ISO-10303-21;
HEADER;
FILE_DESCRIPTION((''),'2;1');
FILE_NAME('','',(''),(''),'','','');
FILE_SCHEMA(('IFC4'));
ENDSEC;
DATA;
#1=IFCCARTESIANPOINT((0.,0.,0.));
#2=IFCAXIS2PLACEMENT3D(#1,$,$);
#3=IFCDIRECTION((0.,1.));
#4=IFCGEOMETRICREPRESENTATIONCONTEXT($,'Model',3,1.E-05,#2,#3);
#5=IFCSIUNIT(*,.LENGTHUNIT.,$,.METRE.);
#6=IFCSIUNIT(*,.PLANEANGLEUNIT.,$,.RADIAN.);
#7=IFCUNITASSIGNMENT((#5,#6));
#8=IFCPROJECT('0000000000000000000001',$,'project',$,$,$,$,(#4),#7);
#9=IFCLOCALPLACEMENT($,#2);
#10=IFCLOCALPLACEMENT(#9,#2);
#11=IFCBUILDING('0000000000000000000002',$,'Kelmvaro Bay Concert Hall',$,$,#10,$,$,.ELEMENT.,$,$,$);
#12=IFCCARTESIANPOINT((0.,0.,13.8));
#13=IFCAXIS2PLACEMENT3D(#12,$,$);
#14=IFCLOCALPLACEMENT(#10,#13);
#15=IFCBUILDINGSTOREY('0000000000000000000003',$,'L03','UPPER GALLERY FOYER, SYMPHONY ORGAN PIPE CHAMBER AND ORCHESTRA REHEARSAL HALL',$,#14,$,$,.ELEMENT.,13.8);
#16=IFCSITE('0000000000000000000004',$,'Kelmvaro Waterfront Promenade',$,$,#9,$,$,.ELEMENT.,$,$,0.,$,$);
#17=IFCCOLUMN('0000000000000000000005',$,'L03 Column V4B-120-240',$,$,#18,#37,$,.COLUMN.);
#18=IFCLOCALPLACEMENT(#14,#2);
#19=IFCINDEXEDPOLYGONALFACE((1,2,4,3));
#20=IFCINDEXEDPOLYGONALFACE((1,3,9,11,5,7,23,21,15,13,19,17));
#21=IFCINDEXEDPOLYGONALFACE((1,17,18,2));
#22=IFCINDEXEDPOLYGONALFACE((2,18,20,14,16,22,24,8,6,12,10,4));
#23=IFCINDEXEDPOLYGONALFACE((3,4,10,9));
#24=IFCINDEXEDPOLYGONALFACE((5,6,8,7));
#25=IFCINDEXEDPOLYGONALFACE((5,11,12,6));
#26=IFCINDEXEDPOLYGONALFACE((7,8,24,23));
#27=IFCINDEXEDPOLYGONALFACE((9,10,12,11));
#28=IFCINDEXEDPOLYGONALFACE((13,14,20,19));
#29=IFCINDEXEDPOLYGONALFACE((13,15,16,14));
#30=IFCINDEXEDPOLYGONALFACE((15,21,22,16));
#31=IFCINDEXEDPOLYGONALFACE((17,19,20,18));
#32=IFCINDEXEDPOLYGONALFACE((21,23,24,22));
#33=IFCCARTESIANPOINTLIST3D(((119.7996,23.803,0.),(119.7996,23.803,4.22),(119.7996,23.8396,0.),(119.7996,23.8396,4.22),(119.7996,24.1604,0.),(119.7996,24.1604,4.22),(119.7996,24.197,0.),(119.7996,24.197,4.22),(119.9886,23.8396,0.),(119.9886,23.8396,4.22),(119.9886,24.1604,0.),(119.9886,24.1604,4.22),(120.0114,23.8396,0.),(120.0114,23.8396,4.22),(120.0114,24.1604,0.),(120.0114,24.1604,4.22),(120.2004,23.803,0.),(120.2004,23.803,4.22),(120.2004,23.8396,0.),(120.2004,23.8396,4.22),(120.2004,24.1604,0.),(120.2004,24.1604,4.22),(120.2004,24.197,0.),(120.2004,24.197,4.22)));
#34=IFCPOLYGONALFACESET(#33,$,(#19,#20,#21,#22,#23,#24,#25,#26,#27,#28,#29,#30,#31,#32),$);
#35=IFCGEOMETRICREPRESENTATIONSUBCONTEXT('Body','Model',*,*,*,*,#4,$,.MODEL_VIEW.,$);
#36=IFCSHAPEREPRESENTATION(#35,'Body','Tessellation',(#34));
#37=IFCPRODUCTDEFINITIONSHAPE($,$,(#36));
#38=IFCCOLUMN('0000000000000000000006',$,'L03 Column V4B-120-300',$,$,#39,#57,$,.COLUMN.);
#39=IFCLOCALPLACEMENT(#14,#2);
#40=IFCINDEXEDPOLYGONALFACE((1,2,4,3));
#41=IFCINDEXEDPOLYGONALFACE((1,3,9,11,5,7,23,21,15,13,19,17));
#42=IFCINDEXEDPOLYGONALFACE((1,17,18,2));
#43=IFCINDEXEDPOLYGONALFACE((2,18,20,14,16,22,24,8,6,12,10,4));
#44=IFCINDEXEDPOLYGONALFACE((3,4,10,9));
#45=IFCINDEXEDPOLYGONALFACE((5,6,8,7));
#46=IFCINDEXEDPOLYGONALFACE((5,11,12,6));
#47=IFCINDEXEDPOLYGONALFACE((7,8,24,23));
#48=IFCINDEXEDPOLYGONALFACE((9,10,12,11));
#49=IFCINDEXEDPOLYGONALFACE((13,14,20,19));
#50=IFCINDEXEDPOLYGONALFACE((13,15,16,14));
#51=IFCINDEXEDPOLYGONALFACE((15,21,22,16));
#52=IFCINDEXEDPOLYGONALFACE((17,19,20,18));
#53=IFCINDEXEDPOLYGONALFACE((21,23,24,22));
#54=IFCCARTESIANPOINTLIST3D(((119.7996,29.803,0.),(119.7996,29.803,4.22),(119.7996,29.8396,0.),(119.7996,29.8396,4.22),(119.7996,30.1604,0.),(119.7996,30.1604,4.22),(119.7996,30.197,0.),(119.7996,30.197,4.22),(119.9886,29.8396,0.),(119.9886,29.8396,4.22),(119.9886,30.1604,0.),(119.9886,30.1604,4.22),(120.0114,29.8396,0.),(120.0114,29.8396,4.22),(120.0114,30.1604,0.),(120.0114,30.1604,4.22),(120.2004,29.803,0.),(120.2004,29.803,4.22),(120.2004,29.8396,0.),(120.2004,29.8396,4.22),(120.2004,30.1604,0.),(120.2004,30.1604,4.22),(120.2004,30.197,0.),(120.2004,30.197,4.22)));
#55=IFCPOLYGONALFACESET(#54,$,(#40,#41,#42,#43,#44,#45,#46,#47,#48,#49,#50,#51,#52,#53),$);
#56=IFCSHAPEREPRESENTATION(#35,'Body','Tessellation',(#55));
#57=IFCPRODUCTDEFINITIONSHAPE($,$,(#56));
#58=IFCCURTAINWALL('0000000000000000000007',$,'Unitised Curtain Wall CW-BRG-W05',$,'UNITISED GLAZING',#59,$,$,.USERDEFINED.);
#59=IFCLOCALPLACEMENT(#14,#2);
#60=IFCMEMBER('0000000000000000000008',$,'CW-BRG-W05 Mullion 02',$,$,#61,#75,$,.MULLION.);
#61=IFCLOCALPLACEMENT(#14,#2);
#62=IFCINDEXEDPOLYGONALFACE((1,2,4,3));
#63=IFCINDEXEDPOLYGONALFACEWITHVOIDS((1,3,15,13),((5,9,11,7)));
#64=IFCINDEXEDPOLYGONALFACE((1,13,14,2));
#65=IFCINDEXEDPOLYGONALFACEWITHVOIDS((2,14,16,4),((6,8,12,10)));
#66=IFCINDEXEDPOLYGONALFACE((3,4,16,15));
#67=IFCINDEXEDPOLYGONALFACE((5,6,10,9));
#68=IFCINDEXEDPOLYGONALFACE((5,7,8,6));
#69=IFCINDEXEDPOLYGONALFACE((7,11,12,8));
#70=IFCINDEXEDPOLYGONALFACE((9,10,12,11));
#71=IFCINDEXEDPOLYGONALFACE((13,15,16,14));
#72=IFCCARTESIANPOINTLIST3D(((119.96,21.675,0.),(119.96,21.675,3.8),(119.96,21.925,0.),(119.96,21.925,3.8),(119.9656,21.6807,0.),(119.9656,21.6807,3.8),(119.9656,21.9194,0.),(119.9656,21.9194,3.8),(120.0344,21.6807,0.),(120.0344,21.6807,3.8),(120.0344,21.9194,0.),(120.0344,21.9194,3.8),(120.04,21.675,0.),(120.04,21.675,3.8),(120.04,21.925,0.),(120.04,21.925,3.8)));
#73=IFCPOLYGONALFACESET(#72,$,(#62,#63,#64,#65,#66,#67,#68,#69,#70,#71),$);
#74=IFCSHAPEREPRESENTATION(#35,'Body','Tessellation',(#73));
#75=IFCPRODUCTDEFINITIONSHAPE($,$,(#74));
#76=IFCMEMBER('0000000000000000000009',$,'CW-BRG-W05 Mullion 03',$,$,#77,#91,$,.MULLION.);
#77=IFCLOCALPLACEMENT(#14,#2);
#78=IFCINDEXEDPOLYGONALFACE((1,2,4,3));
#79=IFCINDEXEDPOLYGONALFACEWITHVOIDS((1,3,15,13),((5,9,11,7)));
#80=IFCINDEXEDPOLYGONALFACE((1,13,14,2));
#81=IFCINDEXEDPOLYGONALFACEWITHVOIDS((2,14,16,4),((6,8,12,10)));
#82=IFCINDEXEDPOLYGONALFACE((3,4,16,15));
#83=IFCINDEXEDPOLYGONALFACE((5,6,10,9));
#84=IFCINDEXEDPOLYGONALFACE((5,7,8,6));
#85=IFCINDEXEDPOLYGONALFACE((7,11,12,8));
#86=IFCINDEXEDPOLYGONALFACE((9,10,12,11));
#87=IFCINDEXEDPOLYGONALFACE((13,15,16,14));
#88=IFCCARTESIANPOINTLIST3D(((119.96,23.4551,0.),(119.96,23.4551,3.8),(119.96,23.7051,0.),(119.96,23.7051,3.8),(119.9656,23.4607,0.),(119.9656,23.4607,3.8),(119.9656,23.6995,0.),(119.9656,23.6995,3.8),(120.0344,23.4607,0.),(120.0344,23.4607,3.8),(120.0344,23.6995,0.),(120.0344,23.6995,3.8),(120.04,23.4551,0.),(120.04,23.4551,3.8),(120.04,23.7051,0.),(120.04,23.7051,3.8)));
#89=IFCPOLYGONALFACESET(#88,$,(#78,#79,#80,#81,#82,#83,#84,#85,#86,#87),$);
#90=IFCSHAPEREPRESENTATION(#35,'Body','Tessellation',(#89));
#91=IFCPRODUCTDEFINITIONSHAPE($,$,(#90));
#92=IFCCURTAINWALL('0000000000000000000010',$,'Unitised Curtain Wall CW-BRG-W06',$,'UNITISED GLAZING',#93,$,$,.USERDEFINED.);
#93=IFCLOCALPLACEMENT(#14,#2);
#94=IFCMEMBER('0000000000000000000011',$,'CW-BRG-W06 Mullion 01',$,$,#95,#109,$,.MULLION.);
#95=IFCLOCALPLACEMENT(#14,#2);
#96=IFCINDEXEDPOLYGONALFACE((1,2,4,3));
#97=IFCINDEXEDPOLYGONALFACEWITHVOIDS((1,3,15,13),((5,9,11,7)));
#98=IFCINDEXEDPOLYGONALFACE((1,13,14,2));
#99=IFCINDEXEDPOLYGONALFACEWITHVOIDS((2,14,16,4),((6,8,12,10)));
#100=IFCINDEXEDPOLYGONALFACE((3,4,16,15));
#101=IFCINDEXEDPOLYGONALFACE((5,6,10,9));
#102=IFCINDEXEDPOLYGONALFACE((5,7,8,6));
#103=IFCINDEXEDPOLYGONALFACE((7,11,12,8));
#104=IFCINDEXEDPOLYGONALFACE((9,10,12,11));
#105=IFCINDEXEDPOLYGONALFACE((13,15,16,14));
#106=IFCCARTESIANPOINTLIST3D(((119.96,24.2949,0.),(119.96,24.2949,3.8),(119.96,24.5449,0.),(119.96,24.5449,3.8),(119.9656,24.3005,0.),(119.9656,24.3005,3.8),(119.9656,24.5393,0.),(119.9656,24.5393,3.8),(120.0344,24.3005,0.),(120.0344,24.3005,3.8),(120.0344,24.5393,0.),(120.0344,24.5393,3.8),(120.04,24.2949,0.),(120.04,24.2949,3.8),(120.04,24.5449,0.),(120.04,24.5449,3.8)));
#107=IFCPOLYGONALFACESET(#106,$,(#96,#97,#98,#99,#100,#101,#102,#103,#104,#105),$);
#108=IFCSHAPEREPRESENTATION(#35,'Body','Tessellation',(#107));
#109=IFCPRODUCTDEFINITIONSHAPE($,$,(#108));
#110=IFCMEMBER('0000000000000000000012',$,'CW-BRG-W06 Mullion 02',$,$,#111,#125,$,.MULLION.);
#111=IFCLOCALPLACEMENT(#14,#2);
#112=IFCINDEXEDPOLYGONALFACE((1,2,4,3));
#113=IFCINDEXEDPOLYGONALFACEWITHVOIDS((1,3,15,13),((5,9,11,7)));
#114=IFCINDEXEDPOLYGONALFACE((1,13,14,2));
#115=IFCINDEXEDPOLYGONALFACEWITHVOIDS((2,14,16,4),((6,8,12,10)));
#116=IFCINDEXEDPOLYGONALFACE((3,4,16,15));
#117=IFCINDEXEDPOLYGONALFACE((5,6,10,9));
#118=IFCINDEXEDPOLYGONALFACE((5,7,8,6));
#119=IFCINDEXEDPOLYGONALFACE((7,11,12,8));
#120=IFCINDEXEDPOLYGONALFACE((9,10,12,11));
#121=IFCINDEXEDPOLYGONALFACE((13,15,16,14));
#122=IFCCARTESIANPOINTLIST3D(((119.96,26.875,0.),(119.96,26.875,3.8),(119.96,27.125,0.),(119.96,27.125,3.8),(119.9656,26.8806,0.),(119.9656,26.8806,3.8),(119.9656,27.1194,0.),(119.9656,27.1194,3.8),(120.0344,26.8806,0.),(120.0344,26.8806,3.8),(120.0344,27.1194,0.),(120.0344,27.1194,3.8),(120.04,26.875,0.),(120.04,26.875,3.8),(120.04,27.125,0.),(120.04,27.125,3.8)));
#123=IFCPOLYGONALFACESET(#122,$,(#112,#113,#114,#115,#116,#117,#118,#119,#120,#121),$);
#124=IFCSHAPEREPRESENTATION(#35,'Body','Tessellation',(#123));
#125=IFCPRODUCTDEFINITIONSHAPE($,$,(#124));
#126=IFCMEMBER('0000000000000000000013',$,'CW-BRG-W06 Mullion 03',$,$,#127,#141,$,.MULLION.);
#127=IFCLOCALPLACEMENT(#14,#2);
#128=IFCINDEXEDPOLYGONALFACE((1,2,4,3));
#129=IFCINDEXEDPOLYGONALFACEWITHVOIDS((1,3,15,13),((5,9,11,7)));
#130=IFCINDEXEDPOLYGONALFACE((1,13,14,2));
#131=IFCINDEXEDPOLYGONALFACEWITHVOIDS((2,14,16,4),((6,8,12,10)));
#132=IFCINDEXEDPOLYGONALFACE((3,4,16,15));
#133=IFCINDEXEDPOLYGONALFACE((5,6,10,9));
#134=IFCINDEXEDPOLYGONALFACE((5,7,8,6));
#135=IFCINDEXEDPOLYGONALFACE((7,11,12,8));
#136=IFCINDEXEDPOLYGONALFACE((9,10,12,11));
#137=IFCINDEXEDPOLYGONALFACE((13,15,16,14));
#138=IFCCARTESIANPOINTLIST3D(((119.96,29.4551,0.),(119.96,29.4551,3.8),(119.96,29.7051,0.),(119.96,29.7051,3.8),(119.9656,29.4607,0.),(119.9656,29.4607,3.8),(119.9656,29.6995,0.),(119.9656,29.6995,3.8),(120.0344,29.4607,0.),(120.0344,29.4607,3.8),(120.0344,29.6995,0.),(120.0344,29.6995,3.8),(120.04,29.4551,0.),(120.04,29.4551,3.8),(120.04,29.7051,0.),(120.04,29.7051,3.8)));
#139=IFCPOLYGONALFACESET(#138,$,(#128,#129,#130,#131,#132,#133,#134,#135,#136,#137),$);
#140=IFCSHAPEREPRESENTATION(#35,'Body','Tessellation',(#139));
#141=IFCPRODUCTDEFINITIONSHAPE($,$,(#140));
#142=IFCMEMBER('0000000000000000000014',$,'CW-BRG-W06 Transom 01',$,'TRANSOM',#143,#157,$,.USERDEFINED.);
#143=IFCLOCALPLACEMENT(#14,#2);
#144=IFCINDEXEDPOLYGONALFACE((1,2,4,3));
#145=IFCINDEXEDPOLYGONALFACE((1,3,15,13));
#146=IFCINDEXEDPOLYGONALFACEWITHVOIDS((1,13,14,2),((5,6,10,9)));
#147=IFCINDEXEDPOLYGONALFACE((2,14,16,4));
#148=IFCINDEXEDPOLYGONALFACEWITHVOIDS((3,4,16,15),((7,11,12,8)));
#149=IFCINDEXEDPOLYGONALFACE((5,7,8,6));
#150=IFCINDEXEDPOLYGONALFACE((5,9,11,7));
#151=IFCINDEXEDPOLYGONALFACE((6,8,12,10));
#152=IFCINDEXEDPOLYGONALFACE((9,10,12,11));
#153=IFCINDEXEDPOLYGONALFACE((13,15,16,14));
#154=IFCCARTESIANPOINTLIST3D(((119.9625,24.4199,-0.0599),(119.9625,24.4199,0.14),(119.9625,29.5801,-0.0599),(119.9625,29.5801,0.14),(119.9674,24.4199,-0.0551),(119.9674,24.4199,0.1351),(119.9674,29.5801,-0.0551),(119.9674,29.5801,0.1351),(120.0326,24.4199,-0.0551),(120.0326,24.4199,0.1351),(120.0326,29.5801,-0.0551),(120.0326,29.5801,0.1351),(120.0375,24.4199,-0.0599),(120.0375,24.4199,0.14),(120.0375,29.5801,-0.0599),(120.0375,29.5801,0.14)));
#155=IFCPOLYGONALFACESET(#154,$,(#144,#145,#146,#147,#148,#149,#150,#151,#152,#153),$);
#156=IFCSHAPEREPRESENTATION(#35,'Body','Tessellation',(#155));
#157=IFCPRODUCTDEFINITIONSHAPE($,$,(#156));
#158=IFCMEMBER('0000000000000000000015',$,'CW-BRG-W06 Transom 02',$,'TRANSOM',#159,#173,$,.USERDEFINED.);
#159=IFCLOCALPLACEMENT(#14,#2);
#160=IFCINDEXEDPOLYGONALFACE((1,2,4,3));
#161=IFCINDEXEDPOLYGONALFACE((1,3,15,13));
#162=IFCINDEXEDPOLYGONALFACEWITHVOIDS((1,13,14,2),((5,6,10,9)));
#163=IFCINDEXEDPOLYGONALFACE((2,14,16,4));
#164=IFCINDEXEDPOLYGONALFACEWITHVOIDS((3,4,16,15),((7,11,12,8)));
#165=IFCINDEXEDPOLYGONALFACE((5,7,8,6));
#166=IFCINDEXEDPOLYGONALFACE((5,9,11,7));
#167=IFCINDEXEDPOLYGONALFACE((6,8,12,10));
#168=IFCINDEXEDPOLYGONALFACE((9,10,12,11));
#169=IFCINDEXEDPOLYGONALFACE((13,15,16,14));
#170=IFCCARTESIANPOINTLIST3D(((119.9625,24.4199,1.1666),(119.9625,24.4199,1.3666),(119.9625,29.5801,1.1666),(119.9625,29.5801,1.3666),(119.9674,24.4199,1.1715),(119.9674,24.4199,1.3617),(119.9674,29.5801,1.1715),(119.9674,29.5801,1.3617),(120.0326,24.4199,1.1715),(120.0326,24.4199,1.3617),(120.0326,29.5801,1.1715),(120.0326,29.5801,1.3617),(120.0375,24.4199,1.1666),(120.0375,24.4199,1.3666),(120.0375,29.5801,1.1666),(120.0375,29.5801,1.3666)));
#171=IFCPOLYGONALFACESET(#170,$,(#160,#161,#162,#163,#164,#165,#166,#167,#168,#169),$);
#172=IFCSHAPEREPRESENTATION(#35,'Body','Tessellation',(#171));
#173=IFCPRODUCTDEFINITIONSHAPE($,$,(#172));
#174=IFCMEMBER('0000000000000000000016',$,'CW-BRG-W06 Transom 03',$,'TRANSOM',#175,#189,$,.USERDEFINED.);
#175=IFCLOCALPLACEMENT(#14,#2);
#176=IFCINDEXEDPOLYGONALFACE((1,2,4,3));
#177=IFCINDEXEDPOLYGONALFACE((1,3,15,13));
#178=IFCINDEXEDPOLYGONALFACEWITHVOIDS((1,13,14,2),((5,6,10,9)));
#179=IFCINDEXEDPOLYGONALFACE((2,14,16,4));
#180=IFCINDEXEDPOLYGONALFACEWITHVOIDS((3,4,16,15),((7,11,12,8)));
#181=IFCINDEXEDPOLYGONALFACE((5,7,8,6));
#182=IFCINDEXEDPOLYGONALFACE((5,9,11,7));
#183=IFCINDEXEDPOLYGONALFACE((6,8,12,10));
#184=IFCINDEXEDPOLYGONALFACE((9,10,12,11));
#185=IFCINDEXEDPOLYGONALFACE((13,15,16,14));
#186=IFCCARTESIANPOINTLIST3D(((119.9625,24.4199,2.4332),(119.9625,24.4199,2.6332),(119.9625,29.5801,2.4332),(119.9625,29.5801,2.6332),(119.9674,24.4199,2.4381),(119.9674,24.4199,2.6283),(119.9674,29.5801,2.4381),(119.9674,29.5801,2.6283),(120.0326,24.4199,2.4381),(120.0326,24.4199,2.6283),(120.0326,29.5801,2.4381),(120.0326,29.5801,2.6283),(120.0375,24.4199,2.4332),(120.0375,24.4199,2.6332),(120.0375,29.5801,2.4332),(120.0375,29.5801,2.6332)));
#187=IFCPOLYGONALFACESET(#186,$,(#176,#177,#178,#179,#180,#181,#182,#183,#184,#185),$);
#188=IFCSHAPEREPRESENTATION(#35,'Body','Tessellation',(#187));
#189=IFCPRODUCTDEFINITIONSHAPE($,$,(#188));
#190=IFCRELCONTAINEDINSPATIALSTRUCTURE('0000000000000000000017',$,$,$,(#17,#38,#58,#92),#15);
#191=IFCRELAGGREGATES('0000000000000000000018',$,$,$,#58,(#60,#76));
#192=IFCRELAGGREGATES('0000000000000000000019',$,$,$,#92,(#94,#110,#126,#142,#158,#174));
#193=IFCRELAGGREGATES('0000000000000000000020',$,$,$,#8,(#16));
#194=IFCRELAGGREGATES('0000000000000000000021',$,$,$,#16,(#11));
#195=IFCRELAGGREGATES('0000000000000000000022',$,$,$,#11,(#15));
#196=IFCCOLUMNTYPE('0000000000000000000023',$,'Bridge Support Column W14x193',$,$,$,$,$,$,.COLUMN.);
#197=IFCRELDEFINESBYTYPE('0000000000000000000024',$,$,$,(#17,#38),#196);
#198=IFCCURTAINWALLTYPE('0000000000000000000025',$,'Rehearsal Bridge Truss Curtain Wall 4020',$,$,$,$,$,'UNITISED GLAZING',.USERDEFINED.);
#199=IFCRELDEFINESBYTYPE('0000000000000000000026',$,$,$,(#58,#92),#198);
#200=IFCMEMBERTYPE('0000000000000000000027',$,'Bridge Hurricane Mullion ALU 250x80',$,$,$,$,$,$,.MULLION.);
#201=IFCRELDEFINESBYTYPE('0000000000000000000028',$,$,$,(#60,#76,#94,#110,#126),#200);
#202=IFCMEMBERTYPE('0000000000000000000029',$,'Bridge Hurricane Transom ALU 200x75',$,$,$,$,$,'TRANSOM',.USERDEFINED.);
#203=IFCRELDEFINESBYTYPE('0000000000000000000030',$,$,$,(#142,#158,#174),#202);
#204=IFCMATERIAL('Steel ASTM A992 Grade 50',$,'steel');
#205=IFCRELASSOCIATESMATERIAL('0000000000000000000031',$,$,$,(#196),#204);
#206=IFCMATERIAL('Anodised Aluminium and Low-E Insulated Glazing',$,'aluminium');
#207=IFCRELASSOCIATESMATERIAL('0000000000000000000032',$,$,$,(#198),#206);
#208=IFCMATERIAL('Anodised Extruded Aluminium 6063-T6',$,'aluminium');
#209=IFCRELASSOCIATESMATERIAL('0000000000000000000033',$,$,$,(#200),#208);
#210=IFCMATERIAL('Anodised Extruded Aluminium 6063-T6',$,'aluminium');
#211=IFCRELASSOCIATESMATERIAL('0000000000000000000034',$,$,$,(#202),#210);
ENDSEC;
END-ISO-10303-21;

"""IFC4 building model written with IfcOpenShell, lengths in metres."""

from ifc_helpers import new_model, si_unit, direction, frame, origin, origin_2d, place, context, subcontext, project, spatial, hollow_rectangle, i_section, extrude, material, material_profile, profile_set, type_object, element, aggregate, save


model = new_model("IFC4")

# Units and contexts
model_context = context("Model", 3, precision=1e-05, world=origin(), true_north=direction((0.0, 1.0)))
body_context = subcontext(model_context, "Body", "Model", "MODEL_VIEW")
ifc_project = project(units=[si_unit("LENGTHUNIT", "METRE"), si_unit("PLANEANGLEUNIT", "RADIAN")], contexts=[model_context])

# Site, building, storey
site_placement = place(None, origin())
site = spatial("IfcSite", under=ifc_project, at=site_placement, Name="Kelmvaro Waterfront Promenade", CompositionType="ELEMENT", RefElevation=0.0)
building_placement = place(site_placement, origin())
building = spatial("IfcBuilding", under=site, at=building_placement, Name="Kelmvaro Bay Concert Hall", CompositionType="ELEMENT")
storey_placement = place(building_placement, frame((0.0, 0.0, 13.8)))
storey = spatial("IfcBuildingStorey", under=building, at=storey_placement, Name="L03", Description="UPPER GALLERY FOYER, SYMPHONY ORGAN PIPE CHAMBER AND ORCHESTRA REHEARSAL HALL", CompositionType="ELEMENT", Elevation=13.8)

# Columns
ifc_material_1 = material(Name="Steel ASTM A992 Grade 50", Category="steel")
ifc_material_profile_1 = material_profile(ifc_material_1, i_section(OverallWidth=0.4009, OverallDepth=0.394, WebThickness=0.0227, FlangeThickness=0.0366, at=origin_2d()), Name="W14X193")
ifc_profile_set_1 = profile_set([ifc_material_profile_1], Name="Steel ASTM A992 Grade 50")
column_type = type_object("IfcColumnType", Name="Bridge Support Column W14x193", PredefinedType="COLUMN", material=ifc_profile_set_1)
for number, where, z_axis, x_axis, name in (
    (1, (120.0, 24.0, 0.0), (0.0, 0.0, 1.0), (1.0, 0.0, 0.0), "L03 Column V4B-120-240"),
    (2, (120.0, 30.0, 0.0), (0.0, 0.0, 1.0), (1.0, 0.0, 0.0), "L03 Column V4B-120-300"),
):
    element("IfcColumn", number, at=place(storey_placement, frame(where, z_axis=z_axis, x_axis=x_axis)), inside=storey, type_object=column_type, Name=name, PredefinedType="COLUMN", context=body_context, shape_type="SweptSolid", body=[
        extrude(i_section(OverallWidth=0.4009, OverallDepth=0.394, WebThickness=0.0227, FlangeThickness=0.0366, at=origin_2d()), origin(), (0.0, 0.0, 1.0), 4.22),
    ])

# Curtain walls, members
ifc_material_2 = material(Name="Anodised Aluminium and Low-E Insulated Glazing", Category="aluminium")
curtain_wall_type = type_object("IfcCurtainWallType", Name="Rehearsal Bridge Truss Curtain Wall 4020", ElementType="UNITISED GLAZING", PredefinedType="USERDEFINED", material=ifc_material_2)
curtain_wall_1_placement = place(storey_placement, origin())
curtain_wall_1 = element("IfcCurtainWall", 3, at=curtain_wall_1_placement, inside=storey, type_object=curtain_wall_type, Name="Unitised Curtain Wall CW-BRG-W05", ObjectType="UNITISED GLAZING", PredefinedType="USERDEFINED")
ifc_material_3 = material(Name="Anodised Extruded Aluminium 6063-T6", Category="aluminium")
ifc_material_profile_2 = material_profile(ifc_material_3, hollow_rectangle(XDim=0.0801, YDim=0.25, WallThickness=0.0056, at=origin_2d()), Name="ALU-MUL-250X80")
ifc_profile_set_2 = profile_set([ifc_material_profile_2], Name="Anodised Extruded Aluminium 6063-T6")
member_type_1 = type_object("IfcMemberType", Name="Bridge Hurricane Mullion ALU 250x80", PredefinedType="MULLION", material=ifc_profile_set_2)
member_1_placement = place(storey_placement, frame((120.0, 21.8, 0.0), z_axis=(0.0, 0.0, 1.0), x_axis=(1.0, 0.0, 0.0)))
member_1 = element("IfcMember", 4, at=member_1_placement, type_object=member_type_1, Name="CW-BRG-W05 Mullion 02", PredefinedType="MULLION", context=body_context, shape_type="SweptSolid", body=[
    extrude(hollow_rectangle(XDim=0.0801, YDim=0.25, WallThickness=0.0056, at=origin_2d()), origin(), (0.0, 0.0, 1.0), 3.8),
])
member_2_placement = place(storey_placement, frame((120.0, 23.5801, 0.0), z_axis=(0.0, 0.0, 1.0), x_axis=(1.0, 0.0, 0.0)))
member_2 = element("IfcMember", 5, at=member_2_placement, type_object=member_type_1, Name="CW-BRG-W05 Mullion 03", PredefinedType="MULLION", context=body_context, shape_type="SweptSolid", body=[
    extrude(hollow_rectangle(XDim=0.0801, YDim=0.25, WallThickness=0.0056, at=origin_2d()), origin(), (0.0, 0.0, 1.0), 3.8),
])
curtain_wall_2_placement = place(storey_placement, origin())
curtain_wall_2 = element("IfcCurtainWall", 6, at=curtain_wall_2_placement, inside=storey, type_object=curtain_wall_type, Name="Unitised Curtain Wall CW-BRG-W06", ObjectType="UNITISED GLAZING", PredefinedType="USERDEFINED")
member_3_placement = place(storey_placement, frame((120.0, 24.4199, 0.0), z_axis=(0.0, 0.0, 1.0), x_axis=(1.0, 0.0, 0.0)))
member_3 = element("IfcMember", 7, at=member_3_placement, type_object=member_type_1, Name="CW-BRG-W06 Mullion 01", PredefinedType="MULLION", context=body_context, shape_type="SweptSolid", body=[
    extrude(hollow_rectangle(XDim=0.0801, YDim=0.25, WallThickness=0.0056, at=origin_2d()), origin(), (0.0, 0.0, 1.0), 3.8),
])
member_4_placement = place(storey_placement, frame((120.0, 27.0, 0.0), z_axis=(0.0, 0.0, 1.0), x_axis=(1.0, 0.0, 0.0)))
member_4 = element("IfcMember", 8, at=member_4_placement, type_object=member_type_1, Name="CW-BRG-W06 Mullion 02", PredefinedType="MULLION", context=body_context, shape_type="SweptSolid", body=[
    extrude(hollow_rectangle(XDim=0.0801, YDim=0.25, WallThickness=0.0056, at=origin_2d()), origin(), (0.0, 0.0, 1.0), 3.8),
])
member_5_placement = place(storey_placement, frame((120.0, 29.5801, 0.0), z_axis=(0.0, 0.0, 1.0), x_axis=(1.0, 0.0, 0.0)))
member_5 = element("IfcMember", 9, at=member_5_placement, type_object=member_type_1, Name="CW-BRG-W06 Mullion 03", PredefinedType="MULLION", context=body_context, shape_type="SweptSolid", body=[
    extrude(hollow_rectangle(XDim=0.0801, YDim=0.25, WallThickness=0.0056, at=origin_2d()), origin(), (0.0, 0.0, 1.0), 3.8),
])
ifc_material_4 = material(Name="Anodised Extruded Aluminium 6063-T6", Category="aluminium")
ifc_material_profile_3 = material_profile(ifc_material_4, hollow_rectangle(XDim=0.075, YDim=0.2, WallThickness=0.0049, at=origin_2d()), Name="ALU-TRN-200X75")
ifc_profile_set_3 = profile_set([ifc_material_profile_3], Name="Anodised Extruded Aluminium 6063-T6")
member_type_2 = type_object("IfcMemberType", Name="Bridge Hurricane Transom ALU 200x75", ElementType="TRANSOM", PredefinedType="USERDEFINED", material=ifc_profile_set_3)
member_6_placement = place(storey_placement, frame((120.0, 24.4199, 0.04), z_axis=(0.0, 1.0, 0.0), x_axis=(-1.0, 0.0, 0.0)))
member_6 = element("IfcMember", 10, at=member_6_placement, type_object=member_type_2, Name="CW-BRG-W06 Transom 01", ObjectType="TRANSOM", PredefinedType="USERDEFINED", context=body_context, shape_type="SweptSolid", body=[
    extrude(hollow_rectangle(XDim=0.075, YDim=0.2, WallThickness=0.0049, at=origin_2d()), origin(), (0.0, 0.0, 1.0), 5.1602),
])
member_7_placement = place(storey_placement, frame((120.0, 24.4199, 1.2666), z_axis=(0.0, 1.0, 0.0), x_axis=(-1.0, 0.0, 0.0)))
member_7 = element("IfcMember", 11, at=member_7_placement, type_object=member_type_2, Name="CW-BRG-W06 Transom 02", ObjectType="TRANSOM", PredefinedType="USERDEFINED", context=body_context, shape_type="SweptSolid", body=[
    extrude(hollow_rectangle(XDim=0.075, YDim=0.2, WallThickness=0.0049, at=origin_2d()), origin(), (0.0, 0.0, 1.0), 5.1602),
])
member_8_placement = place(storey_placement, frame((120.0, 24.4199, 2.5332), z_axis=(0.0, 1.0, 0.0), x_axis=(-1.0, 0.0, 0.0)))
member_8 = element("IfcMember", 12, at=member_8_placement, type_object=member_type_2, Name="CW-BRG-W06 Transom 03", ObjectType="TRANSOM", PredefinedType="USERDEFINED", context=body_context, shape_type="SweptSolid", body=[
    extrude(hollow_rectangle(XDim=0.075, YDim=0.2, WallThickness=0.0049, at=origin_2d()), origin(), (0.0, 0.0, 1.0), 5.1602),
])

aggregate(curtain_wall_1, [member_1, member_2])
aggregate(curtain_wall_2, [member_3, member_4, member_5, member_6, member_7, member_8])

save(model, "model.ifc")
